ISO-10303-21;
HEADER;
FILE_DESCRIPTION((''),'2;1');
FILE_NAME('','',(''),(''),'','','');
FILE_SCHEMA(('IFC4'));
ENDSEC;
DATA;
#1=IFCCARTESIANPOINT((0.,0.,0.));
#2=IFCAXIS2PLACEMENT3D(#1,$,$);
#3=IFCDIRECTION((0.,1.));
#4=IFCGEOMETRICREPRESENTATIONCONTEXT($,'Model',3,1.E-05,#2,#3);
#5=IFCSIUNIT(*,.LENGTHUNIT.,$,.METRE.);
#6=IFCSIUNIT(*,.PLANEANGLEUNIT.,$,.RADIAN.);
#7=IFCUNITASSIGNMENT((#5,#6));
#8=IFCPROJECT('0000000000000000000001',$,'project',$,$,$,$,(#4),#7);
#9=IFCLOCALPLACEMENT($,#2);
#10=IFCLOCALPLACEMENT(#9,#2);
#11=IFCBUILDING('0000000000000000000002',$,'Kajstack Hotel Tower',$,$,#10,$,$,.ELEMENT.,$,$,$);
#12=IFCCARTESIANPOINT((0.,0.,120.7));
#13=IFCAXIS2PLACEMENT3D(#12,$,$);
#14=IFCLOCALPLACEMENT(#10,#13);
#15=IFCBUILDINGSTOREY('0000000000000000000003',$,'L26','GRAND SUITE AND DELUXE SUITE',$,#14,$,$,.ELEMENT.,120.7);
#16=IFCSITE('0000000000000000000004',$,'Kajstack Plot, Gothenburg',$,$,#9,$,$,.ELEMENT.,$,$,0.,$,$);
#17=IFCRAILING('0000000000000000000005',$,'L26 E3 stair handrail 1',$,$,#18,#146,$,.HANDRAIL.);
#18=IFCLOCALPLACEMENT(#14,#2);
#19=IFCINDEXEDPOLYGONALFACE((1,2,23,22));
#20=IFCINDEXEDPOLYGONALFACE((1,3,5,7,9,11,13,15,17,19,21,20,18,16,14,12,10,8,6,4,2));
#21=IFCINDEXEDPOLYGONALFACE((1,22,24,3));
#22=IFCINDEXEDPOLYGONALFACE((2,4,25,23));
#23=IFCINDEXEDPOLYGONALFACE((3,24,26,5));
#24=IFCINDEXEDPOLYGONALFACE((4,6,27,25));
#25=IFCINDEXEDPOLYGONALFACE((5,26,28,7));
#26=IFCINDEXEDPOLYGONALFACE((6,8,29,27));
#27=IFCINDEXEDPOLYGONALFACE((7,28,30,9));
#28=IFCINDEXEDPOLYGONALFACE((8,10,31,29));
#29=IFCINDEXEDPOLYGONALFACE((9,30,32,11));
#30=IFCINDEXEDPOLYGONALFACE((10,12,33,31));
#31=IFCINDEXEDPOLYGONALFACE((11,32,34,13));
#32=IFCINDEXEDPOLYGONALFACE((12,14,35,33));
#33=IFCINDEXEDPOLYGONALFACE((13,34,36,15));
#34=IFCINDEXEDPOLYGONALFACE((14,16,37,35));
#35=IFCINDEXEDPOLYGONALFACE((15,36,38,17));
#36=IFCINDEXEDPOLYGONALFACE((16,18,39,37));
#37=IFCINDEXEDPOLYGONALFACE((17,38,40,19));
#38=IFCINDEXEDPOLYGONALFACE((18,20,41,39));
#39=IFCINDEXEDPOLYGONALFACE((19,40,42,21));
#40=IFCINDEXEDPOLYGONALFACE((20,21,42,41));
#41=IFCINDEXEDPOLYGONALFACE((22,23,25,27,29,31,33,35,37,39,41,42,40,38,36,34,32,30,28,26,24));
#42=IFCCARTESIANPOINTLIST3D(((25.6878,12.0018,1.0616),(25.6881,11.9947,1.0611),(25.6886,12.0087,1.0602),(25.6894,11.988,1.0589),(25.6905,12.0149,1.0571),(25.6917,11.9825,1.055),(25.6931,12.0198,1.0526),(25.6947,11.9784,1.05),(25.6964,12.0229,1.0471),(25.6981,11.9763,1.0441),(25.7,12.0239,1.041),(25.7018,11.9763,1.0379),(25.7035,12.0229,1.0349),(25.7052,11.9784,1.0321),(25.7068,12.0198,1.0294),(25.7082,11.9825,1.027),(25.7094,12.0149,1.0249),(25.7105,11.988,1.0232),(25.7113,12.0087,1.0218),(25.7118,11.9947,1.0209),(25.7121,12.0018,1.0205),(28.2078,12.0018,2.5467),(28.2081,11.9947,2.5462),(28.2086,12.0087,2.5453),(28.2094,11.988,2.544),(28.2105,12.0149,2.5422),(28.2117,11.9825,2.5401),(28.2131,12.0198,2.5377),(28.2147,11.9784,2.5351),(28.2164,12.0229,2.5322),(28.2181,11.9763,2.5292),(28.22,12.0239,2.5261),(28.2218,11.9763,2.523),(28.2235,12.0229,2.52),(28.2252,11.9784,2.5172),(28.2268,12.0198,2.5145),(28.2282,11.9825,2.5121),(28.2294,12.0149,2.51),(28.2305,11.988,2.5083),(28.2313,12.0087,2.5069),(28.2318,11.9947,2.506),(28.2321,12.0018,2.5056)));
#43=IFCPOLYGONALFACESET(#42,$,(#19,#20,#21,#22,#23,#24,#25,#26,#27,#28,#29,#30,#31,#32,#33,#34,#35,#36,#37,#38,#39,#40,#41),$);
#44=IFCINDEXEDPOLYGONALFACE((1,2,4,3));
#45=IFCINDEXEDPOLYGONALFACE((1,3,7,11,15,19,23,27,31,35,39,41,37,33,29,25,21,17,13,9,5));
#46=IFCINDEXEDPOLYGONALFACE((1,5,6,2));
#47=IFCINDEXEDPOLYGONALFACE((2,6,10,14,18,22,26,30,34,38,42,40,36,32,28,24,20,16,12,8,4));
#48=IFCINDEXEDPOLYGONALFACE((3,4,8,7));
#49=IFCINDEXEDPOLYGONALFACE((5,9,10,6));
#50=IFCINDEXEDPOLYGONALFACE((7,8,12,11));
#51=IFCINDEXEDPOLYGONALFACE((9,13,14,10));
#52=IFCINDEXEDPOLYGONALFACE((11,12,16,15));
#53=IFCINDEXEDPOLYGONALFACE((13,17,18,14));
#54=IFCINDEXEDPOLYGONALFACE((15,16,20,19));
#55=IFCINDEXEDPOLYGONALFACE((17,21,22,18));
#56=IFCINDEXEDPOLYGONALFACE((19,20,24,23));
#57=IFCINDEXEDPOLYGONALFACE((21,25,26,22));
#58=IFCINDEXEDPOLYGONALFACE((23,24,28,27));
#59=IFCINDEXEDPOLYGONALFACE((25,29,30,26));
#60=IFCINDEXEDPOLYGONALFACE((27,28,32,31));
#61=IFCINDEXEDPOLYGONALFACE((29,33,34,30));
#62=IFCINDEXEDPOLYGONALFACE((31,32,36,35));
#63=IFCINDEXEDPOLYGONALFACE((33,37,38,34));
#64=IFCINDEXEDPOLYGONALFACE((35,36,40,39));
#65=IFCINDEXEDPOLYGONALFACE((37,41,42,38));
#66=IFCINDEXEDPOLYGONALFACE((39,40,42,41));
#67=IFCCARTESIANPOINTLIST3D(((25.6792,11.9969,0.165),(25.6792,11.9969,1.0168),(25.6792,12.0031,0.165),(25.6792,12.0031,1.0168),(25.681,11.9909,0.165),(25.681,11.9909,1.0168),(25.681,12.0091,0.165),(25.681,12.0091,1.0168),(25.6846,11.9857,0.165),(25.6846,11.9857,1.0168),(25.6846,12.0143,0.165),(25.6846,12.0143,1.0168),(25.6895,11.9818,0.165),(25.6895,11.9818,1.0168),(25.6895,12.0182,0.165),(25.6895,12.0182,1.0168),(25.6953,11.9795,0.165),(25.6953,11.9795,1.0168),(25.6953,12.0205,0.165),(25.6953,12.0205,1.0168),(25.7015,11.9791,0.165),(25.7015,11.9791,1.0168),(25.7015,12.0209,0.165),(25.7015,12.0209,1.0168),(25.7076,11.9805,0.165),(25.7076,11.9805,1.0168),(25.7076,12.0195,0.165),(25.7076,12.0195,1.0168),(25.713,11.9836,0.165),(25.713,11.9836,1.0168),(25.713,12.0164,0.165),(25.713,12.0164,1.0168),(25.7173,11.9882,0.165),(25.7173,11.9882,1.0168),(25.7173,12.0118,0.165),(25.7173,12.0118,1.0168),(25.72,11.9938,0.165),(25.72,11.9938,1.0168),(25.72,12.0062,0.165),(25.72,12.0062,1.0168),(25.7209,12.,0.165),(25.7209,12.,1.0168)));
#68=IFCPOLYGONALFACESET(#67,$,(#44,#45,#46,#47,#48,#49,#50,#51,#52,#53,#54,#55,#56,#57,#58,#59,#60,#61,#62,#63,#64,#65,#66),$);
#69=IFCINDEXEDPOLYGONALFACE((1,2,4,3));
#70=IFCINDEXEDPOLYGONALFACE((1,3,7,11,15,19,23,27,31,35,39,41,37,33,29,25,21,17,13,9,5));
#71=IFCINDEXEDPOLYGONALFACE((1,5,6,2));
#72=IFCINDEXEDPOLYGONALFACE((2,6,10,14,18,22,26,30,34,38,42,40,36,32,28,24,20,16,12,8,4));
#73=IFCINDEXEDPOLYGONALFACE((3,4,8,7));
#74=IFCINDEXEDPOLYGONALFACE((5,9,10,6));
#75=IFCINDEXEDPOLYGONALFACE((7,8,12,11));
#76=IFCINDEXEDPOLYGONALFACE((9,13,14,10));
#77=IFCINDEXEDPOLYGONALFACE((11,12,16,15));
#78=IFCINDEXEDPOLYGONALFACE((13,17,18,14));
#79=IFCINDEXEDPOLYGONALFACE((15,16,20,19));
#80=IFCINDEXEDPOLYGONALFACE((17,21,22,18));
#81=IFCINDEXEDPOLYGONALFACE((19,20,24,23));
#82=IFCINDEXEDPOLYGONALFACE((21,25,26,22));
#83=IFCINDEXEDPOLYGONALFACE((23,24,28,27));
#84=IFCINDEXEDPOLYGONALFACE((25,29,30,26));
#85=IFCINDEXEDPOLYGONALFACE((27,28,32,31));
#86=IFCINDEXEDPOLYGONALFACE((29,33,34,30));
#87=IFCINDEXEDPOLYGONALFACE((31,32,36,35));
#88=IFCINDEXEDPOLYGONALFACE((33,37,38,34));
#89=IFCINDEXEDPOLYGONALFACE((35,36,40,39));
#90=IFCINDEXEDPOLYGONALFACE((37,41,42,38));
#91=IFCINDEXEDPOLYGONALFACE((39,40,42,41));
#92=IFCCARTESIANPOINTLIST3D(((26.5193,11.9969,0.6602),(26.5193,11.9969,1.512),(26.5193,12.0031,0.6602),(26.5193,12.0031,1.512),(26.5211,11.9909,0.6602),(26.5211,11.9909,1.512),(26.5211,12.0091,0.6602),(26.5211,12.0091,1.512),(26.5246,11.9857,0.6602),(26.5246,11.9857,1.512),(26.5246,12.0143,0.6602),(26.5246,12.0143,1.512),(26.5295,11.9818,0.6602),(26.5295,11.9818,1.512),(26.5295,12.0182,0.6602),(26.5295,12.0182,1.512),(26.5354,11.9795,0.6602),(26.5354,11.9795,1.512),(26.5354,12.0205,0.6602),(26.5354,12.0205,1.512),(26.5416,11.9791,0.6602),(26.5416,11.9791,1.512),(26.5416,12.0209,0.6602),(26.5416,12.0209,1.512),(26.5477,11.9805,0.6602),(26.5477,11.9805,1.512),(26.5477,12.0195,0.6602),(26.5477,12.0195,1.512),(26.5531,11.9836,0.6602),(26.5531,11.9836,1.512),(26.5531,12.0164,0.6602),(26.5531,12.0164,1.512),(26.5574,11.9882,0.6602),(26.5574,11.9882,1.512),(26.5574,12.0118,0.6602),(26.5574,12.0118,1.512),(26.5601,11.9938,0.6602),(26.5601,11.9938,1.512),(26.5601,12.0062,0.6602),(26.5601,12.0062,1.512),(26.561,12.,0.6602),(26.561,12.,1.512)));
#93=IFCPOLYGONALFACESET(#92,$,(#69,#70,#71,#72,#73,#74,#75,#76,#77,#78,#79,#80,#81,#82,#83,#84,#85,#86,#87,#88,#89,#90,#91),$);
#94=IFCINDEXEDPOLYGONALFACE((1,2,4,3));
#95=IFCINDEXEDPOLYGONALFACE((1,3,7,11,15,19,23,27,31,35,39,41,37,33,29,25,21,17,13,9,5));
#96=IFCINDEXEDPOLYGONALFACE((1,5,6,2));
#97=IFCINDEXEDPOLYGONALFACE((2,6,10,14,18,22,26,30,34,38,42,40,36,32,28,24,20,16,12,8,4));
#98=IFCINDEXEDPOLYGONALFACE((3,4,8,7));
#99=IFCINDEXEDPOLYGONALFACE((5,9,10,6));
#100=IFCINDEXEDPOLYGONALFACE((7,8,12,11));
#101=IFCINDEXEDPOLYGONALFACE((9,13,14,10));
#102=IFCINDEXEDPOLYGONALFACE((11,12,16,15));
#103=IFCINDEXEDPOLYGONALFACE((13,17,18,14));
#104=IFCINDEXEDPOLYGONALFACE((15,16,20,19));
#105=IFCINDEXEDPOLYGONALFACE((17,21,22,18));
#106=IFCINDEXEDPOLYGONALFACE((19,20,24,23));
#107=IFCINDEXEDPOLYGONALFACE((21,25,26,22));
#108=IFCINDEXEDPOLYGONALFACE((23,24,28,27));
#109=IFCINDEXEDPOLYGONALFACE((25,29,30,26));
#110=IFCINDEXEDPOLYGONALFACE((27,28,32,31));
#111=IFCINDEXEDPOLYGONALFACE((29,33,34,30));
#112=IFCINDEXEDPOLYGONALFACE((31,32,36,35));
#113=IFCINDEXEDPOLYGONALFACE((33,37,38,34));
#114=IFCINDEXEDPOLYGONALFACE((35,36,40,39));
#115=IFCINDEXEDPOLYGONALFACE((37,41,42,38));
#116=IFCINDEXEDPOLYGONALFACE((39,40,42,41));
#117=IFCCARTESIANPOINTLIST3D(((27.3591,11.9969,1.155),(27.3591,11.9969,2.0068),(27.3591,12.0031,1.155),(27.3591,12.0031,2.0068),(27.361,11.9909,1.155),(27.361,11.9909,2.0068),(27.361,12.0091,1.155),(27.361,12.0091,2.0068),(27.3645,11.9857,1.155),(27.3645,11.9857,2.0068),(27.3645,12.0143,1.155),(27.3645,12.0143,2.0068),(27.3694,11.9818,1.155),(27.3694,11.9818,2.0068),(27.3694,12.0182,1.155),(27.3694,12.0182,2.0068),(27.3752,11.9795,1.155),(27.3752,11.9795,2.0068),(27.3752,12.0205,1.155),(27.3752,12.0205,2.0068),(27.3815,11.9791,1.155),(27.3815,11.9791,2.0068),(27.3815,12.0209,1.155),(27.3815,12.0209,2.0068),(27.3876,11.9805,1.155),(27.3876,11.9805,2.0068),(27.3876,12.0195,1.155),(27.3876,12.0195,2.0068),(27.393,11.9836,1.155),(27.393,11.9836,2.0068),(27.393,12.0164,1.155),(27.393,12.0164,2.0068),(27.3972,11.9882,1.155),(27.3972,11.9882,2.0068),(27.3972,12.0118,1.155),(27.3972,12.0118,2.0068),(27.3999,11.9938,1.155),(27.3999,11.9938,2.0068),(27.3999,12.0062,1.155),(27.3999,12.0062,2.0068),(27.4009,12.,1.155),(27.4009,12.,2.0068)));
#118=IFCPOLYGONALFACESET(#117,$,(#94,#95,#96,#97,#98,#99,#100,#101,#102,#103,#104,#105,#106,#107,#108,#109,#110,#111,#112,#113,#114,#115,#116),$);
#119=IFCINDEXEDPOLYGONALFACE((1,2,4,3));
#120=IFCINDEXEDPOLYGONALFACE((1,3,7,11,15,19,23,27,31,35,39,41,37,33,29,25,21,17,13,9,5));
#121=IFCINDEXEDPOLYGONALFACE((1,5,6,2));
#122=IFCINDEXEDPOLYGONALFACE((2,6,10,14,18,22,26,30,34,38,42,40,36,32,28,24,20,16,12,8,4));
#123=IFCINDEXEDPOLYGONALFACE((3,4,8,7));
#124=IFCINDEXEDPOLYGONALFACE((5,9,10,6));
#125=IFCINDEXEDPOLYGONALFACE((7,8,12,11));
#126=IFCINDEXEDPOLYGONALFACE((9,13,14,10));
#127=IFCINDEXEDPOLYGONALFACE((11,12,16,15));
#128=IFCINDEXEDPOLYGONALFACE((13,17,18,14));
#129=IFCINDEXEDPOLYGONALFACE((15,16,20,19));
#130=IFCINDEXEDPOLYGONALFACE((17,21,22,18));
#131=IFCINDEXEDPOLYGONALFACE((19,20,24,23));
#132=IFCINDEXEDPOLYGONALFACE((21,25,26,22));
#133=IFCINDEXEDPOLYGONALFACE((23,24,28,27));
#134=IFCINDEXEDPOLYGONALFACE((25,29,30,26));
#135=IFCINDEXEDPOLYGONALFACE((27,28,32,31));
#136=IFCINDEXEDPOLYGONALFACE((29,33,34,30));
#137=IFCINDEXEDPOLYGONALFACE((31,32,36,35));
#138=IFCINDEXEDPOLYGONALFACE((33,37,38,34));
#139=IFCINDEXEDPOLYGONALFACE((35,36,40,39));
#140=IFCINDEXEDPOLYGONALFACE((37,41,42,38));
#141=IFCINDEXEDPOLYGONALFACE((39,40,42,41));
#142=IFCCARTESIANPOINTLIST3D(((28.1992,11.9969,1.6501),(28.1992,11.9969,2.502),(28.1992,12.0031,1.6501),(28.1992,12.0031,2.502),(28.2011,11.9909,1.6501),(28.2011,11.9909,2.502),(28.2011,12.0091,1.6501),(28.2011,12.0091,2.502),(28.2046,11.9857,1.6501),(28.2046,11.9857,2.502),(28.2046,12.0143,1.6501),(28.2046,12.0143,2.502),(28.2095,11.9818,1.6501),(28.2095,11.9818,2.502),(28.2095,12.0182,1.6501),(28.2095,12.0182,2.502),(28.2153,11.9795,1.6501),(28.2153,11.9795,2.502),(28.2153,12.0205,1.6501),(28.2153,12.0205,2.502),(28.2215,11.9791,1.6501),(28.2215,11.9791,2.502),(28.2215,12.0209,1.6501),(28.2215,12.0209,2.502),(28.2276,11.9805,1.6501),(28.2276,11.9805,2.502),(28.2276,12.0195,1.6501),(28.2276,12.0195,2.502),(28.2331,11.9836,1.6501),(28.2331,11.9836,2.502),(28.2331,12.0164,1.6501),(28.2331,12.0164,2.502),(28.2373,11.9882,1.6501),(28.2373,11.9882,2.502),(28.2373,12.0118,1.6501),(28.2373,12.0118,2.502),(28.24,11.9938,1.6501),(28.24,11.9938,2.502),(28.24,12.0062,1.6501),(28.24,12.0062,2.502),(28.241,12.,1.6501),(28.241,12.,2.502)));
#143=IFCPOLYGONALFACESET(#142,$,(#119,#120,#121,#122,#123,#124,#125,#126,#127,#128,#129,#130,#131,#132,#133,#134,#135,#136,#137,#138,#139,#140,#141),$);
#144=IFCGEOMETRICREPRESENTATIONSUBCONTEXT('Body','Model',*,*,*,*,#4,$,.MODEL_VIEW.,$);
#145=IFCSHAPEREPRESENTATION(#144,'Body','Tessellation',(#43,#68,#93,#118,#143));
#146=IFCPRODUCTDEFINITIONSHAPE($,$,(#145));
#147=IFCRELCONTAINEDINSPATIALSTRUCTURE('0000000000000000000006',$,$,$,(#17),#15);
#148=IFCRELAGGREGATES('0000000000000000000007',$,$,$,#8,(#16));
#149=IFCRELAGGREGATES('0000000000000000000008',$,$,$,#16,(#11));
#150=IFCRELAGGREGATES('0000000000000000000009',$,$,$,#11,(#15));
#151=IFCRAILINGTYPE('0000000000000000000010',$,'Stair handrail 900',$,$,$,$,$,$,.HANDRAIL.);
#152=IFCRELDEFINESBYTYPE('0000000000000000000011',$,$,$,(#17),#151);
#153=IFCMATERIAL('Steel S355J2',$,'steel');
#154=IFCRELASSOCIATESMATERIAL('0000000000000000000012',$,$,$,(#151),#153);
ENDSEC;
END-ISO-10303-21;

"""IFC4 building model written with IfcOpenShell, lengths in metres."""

from ifc_helpers import new_model, si_unit, direction, frame, origin, origin_2d, place, context, subcontext, project, spatial, circle, extrude, material, type_object, element, save


model = new_model("IFC4")

# Units and contexts
model_context = context("Model", 3, precision=1e-05, world=origin(), true_north=direction((0.0, 1.0)))
body_context = subcontext(model_context, "Body", "Model", "MODEL_VIEW")
ifc_project = project(units=[si_unit("LENGTHUNIT", "METRE"), si_unit("PLANEANGLEUNIT", "RADIAN")], contexts=[model_context])

# Site, building, storey
site_placement = place(None, origin())
site = spatial("IfcSite", under=ifc_project, at=site_placement, Name="Kajstack Plot, Gothenburg", CompositionType="ELEMENT", RefElevation=0.0)
building_placement = place(site_placement, origin())
building = spatial("IfcBuilding", under=site, at=building_placement, Name="Kajstack Hotel Tower", CompositionType="ELEMENT")
storey_placement = place(building_placement, frame((0.0, 0.0, 120.7)))
storey = spatial("IfcBuildingStorey", under=building, at=storey_placement, Name="L26", Description="GRAND SUITE AND DELUXE SUITE", CompositionType="ELEMENT", Elevation=120.7)

# Railing
ifc_material_1 = material(Name="Steel S355J2", Category="steel")
railing_type_1 = type_object("IfcRailingType", Name="Stair handrail 900", PredefinedType="HANDRAIL", material=ifc_material_1)
railing_1_placement = place(storey_placement, frame((25.7, 12.0, 0.165)))
element("IfcRailing", 1, at=railing_1_placement, inside=storey, type_object=railing_type_1, Name="L26 E3 stair handrail 1", PredefinedType="HANDRAIL", context=body_context, shape_type="SweptSolid", body=[
    extrude(circle(Radius=0.0239, at=origin_2d()), frame((0.0, 0.0, 0.876), z_axis=(0.861524, 0.0, 0.507717), x_axis=(0.0, 1.0, 0.0)), (0.0, 0.0, 1.0), 2.925),
    extrude(circle(Radius=0.021, at=origin_2d()), origin(), (0.0, 0.0, 1.0), 0.8518),
    extrude(circle(Radius=0.021, at=origin_2d()), frame((0.8401, 0.0, 0.4951)), (0.0, 0.0, 1.0), 0.8518),
    extrude(circle(Radius=0.021, at=origin_2d()), frame((1.6799, 0.0, 0.99)), (0.0, 0.0, 1.0), 0.8518),
    extrude(circle(Radius=0.021, at=origin_2d()), frame((2.52, 0.0, 1.4851)), (0.0, 0.0, 1.0), 0.8518),
])

save(model, "model.ifc")
